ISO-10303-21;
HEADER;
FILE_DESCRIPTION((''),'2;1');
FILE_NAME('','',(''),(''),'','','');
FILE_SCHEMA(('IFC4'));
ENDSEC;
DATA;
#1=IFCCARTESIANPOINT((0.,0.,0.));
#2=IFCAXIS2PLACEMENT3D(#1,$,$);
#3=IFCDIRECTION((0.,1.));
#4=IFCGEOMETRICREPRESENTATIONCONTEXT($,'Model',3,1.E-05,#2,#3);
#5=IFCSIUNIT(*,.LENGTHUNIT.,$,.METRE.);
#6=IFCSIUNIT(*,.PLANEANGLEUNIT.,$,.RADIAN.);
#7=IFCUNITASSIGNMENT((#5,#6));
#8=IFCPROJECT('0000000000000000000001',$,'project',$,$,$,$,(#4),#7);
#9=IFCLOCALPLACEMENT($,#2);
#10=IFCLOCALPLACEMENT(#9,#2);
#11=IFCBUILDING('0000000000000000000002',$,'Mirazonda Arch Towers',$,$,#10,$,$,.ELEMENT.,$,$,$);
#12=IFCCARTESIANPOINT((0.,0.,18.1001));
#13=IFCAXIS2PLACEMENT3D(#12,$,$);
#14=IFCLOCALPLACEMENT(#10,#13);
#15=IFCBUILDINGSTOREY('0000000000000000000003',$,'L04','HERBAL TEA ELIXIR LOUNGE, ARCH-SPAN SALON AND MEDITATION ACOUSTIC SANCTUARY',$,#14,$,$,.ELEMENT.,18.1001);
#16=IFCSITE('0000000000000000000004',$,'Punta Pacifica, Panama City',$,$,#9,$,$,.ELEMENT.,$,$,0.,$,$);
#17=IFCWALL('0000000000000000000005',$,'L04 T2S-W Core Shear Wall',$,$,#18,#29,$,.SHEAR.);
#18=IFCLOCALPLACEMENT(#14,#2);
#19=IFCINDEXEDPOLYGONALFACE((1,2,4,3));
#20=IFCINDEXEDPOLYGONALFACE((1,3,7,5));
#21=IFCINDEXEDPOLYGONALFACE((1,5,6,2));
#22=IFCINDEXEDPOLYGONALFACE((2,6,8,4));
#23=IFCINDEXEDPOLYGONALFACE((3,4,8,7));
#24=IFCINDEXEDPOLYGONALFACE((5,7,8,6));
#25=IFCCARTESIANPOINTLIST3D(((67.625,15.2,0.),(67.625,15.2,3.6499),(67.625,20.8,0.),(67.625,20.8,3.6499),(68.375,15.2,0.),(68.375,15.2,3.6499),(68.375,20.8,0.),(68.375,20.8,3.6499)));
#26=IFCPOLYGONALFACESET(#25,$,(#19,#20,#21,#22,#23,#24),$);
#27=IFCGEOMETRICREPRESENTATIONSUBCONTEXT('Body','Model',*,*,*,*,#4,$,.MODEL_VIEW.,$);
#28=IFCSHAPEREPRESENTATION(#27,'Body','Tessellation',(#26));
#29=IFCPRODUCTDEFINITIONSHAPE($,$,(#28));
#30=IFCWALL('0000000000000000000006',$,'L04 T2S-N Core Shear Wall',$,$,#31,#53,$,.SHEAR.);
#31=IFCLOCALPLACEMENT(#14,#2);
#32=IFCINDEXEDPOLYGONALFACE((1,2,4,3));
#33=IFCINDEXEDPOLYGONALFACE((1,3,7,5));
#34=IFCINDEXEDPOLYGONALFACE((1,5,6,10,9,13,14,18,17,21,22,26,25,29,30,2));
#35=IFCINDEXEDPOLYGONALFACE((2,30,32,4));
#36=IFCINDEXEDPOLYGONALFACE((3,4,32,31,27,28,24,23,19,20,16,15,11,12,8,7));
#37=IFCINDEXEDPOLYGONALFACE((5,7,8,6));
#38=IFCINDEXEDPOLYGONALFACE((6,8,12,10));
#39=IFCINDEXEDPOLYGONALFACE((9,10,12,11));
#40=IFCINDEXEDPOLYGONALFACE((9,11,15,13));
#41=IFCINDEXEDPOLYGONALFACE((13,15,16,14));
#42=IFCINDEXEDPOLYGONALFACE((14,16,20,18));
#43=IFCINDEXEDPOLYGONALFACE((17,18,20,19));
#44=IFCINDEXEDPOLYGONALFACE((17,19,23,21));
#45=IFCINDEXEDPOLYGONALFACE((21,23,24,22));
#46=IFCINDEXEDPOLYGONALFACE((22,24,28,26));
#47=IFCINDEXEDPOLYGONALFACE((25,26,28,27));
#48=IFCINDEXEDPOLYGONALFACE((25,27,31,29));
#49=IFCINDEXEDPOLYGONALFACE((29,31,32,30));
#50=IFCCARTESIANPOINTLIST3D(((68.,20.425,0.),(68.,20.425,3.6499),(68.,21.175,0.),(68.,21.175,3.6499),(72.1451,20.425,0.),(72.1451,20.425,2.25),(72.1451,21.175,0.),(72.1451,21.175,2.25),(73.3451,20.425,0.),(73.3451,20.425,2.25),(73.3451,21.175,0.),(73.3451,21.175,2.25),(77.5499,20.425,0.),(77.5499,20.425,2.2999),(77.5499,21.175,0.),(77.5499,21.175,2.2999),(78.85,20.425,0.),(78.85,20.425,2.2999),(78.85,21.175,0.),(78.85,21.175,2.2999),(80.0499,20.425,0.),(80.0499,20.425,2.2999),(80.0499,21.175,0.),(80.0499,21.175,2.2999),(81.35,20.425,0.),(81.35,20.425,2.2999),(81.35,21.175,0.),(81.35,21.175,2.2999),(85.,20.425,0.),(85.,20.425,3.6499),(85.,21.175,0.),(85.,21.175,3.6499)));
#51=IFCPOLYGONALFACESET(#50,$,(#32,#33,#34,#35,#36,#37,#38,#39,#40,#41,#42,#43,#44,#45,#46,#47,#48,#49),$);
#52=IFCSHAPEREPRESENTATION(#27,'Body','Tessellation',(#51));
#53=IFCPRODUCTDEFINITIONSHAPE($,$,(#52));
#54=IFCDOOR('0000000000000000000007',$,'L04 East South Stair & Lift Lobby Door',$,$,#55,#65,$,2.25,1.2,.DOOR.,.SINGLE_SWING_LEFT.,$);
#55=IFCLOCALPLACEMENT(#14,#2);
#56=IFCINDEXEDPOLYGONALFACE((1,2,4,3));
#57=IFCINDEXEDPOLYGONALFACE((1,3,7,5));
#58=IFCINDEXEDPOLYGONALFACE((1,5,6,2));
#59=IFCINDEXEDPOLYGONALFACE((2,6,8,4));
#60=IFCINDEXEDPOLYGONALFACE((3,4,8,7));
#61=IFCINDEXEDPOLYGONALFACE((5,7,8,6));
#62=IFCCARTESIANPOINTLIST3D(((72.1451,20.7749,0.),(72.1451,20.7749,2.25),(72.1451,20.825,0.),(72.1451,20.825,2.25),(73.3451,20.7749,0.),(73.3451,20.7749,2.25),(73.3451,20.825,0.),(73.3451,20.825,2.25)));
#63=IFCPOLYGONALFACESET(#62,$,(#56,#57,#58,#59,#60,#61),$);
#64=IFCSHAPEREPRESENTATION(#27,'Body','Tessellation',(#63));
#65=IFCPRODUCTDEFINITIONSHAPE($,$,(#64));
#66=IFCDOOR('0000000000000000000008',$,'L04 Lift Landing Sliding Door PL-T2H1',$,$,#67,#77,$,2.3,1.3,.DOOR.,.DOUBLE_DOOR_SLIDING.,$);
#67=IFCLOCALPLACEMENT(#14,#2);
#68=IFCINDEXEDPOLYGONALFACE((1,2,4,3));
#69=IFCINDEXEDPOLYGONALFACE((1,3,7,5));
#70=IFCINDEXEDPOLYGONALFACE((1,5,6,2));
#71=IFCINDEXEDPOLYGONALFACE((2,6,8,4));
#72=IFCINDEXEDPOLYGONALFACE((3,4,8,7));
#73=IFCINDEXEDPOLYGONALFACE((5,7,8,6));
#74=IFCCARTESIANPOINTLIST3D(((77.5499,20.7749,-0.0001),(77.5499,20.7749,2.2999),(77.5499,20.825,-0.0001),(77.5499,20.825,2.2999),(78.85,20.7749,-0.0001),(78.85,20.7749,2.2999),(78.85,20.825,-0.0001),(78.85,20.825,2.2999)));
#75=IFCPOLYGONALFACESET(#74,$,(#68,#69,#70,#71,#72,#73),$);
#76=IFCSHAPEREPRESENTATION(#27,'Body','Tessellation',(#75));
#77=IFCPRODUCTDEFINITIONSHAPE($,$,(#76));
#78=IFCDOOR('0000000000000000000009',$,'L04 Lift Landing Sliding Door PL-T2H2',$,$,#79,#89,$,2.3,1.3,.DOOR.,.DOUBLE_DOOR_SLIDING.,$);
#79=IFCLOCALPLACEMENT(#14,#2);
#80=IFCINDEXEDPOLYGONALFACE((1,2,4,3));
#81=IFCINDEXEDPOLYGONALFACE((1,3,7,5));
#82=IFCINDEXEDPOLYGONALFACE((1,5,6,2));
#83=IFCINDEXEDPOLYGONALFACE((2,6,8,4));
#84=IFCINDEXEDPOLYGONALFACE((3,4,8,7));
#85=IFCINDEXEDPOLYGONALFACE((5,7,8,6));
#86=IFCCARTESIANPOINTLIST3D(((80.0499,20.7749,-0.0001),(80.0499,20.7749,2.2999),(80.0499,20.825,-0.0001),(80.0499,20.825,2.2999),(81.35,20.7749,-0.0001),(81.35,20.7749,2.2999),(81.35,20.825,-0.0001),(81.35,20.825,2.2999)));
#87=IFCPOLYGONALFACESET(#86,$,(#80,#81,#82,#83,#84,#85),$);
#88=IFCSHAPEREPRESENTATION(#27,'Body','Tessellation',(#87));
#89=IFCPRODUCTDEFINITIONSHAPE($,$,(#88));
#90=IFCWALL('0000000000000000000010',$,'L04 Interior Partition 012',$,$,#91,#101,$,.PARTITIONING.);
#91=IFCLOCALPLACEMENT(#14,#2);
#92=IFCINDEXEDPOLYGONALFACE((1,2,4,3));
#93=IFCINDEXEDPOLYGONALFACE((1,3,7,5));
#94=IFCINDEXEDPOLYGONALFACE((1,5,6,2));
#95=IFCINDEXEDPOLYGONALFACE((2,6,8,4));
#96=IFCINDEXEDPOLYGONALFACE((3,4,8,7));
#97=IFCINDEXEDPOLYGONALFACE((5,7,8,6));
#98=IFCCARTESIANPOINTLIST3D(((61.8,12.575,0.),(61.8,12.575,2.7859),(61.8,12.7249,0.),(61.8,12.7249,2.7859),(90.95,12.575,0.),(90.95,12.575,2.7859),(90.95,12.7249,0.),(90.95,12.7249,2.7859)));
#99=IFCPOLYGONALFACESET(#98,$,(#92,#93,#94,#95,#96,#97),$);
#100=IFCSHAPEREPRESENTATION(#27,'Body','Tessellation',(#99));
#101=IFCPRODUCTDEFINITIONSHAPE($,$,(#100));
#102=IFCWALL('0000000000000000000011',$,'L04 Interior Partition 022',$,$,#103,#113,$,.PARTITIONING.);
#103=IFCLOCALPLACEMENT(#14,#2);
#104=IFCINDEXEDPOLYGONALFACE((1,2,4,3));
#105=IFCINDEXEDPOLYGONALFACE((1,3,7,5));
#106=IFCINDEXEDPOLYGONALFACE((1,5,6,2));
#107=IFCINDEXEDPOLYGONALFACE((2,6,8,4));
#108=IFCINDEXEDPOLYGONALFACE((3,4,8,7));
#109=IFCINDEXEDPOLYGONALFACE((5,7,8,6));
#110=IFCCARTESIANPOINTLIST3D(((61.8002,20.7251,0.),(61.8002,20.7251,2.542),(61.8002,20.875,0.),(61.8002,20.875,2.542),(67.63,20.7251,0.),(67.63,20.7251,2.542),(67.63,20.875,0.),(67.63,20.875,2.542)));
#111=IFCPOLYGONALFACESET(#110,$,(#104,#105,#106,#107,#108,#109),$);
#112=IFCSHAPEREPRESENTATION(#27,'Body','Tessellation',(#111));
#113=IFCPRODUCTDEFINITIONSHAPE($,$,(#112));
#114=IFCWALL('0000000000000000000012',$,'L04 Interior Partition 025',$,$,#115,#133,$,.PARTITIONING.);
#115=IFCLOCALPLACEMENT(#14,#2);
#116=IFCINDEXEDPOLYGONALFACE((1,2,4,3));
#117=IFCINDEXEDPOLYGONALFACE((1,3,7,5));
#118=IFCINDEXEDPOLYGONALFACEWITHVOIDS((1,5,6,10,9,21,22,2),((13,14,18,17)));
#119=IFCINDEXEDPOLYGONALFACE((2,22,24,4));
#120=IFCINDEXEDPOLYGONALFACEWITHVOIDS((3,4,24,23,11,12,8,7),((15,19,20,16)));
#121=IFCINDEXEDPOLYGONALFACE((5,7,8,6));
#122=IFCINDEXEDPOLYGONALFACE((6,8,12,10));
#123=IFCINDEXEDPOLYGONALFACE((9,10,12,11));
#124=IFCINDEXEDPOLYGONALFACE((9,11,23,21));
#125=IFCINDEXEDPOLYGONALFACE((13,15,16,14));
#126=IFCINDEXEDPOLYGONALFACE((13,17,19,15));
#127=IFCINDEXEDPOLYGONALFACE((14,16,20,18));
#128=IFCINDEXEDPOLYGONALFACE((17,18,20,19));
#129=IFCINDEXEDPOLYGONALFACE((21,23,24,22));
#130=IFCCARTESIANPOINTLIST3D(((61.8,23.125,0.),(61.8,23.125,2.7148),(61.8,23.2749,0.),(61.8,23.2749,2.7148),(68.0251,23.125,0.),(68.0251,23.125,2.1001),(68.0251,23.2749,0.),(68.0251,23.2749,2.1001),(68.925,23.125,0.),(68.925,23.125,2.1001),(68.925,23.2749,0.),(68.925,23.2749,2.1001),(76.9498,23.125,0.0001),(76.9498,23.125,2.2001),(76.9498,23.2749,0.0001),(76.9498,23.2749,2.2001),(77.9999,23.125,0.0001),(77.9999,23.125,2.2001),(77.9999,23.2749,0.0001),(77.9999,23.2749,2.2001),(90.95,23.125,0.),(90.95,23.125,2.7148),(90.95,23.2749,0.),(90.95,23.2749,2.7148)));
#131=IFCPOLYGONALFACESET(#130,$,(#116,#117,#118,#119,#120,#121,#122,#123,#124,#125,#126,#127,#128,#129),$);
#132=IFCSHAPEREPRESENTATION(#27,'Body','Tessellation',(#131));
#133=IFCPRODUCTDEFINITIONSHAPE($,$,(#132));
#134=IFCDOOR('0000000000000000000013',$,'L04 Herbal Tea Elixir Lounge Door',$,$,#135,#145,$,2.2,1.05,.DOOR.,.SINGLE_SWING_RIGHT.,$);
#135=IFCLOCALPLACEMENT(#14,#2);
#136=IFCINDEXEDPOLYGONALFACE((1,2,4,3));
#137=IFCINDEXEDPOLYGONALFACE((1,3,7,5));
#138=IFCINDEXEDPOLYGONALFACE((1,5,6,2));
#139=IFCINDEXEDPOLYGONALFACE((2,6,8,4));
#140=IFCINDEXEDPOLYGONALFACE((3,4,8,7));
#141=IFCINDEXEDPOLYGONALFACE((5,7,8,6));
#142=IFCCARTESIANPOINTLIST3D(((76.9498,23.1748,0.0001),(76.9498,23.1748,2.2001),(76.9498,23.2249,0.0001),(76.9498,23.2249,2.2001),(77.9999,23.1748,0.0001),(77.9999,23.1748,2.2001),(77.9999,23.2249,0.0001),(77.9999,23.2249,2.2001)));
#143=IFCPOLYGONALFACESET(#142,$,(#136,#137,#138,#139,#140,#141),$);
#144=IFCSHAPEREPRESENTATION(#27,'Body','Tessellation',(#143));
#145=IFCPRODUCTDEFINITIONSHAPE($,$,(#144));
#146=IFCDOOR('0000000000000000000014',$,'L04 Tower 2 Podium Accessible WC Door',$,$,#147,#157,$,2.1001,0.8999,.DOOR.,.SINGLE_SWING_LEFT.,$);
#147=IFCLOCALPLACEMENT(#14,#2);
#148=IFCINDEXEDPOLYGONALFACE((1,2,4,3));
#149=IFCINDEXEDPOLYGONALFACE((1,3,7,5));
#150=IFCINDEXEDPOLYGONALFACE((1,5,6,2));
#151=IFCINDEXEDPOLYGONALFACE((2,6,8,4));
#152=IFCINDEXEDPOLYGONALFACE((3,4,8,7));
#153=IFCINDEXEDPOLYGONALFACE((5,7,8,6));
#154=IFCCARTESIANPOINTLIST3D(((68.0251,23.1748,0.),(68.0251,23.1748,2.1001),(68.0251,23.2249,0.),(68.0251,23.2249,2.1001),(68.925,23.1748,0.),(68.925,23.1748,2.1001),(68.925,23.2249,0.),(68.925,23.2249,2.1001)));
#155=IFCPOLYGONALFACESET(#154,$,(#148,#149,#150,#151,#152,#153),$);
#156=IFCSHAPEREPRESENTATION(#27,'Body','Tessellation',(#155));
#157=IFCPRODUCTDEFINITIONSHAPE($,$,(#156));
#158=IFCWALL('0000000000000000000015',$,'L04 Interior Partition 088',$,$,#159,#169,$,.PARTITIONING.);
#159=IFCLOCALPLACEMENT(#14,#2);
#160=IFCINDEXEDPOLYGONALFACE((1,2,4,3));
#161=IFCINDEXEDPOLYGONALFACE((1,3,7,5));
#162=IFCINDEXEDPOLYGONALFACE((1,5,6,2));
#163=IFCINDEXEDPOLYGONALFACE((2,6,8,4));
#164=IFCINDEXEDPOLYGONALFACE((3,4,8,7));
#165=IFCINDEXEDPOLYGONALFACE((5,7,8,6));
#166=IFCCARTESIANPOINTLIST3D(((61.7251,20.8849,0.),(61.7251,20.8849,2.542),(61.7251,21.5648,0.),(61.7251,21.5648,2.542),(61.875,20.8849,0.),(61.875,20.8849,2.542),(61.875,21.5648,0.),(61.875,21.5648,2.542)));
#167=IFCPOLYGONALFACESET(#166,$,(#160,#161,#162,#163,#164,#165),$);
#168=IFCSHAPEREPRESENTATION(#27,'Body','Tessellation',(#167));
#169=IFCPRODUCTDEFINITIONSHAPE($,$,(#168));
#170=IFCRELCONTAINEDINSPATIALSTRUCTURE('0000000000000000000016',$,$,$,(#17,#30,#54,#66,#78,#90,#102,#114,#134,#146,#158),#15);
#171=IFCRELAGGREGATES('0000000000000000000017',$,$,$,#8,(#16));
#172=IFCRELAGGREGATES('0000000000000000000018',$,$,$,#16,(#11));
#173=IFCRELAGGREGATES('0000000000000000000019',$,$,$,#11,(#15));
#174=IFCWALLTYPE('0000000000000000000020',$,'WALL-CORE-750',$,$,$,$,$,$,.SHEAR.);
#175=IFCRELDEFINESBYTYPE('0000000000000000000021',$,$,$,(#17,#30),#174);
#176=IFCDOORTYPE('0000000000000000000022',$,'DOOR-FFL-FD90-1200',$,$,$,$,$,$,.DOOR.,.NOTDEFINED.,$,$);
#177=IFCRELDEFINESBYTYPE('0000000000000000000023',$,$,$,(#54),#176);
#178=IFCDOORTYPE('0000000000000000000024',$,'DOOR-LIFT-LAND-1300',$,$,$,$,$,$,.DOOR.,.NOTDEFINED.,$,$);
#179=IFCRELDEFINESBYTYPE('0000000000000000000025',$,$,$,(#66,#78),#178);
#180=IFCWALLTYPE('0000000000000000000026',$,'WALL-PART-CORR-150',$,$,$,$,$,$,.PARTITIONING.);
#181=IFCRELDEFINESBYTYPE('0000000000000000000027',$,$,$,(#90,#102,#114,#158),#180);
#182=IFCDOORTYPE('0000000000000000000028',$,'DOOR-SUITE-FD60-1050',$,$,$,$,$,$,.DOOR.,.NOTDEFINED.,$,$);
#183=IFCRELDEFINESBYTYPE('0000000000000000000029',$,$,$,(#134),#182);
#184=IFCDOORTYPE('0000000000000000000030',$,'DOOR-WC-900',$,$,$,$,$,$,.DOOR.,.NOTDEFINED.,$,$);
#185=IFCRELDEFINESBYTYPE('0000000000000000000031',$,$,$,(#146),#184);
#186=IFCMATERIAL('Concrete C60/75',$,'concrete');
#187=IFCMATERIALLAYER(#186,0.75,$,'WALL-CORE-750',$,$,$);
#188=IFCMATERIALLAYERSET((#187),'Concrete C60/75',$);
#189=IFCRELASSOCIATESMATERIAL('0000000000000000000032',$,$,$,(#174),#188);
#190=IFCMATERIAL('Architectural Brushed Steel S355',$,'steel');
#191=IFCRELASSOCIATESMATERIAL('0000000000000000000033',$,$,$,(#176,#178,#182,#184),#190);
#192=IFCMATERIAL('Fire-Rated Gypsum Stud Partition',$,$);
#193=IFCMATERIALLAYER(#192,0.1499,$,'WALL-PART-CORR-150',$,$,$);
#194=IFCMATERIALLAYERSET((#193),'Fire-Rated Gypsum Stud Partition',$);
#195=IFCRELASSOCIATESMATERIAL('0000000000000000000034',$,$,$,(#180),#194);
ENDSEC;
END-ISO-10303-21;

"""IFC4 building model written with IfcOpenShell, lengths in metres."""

from ifc_helpers import new_model, si_unit, direction, frame, frame_2d, origin, place, context, subcontext, project, spatial, rectangle, extrude, material, layer, layer_set, type_object, element, fill, save


model = new_model("IFC4")

# Units and contexts
model_context = context("Model", 3, precision=1e-05, world=origin(), true_north=direction((0.0, 1.0)))
body_context = subcontext(model_context, "Body", "Model", "MODEL_VIEW")
ifc_project = project(units=[si_unit("LENGTHUNIT", "METRE"), si_unit("PLANEANGLEUNIT", "RADIAN")], contexts=[model_context])

# Site, building, storey
site_placement = place(None, origin())
site = spatial("IfcSite", under=ifc_project, at=site_placement, Name="Punta Pacifica, Panama City", CompositionType="ELEMENT", RefElevation=0.0)
building_placement = place(site_placement, origin())
building = spatial("IfcBuilding", under=site, at=building_placement, Name="Mirazonda Arch Towers", CompositionType="ELEMENT")
storey_placement = place(building_placement, frame((0.0, 0.0, 18.1001)))
storey = spatial("IfcBuildingStorey", under=building, at=storey_placement, Name="L04", Description="HERBAL TEA ELIXIR LOUNGE, ARCH-SPAN SALON AND MEDITATION ACOUSTIC SANCTUARY", CompositionType="ELEMENT", Elevation=18.1001)

# Shared definitions
ifc_material_1 = material(Name="Concrete C60/75", Category="concrete")

# Shared definitions
ifc_material_2 = material(Name="Architectural Brushed Steel S355", Category="steel")

# Wall
ifc_layer_1 = layer(ifc_material_1, 0.75, Name="WALL-CORE-750")
ifc_layer_set_1 = layer_set([ifc_layer_1], Name="Concrete C60/75")
wall_type_1 = type_object("IfcWallType", Name="WALL-CORE-750", PredefinedType="SHEAR", material=ifc_layer_set_1)
wall_1_placement = place(storey_placement, frame((68.0, 15.2, 0.0), z_axis=(0.0, 0.0, 1.0), x_axis=(0.0, 1.0, 0.0)))
element("IfcWall", 1, at=wall_1_placement, inside=storey, type_object=wall_type_1, Name="L04 T2S-W Core Shear Wall", PredefinedType="SHEAR", context=body_context, shape_type="SweptSolid", body=[
    extrude(rectangle(XDim=5.6001, YDim=0.75, at=frame_2d((2.8, 0.0))), origin(), (0.0, 0.0, 1.0), 3.6499),
])

# Wall, openings, doors
wall_2_placement = place(storey_placement, frame((68.0, 20.8, 0.0), z_axis=(0.0, 0.0, 1.0), x_axis=(1.0, 0.0, 0.0)))
wall_2 = element("IfcWall", 2, at=wall_2_placement, inside=storey, type_object=wall_type_1, Name="L04 T2S-N Core Shear Wall", PredefinedType="SHEAR", context=body_context, shape_type="SweptSolid", body=[
    extrude(rectangle(XDim=17.0, YDim=0.75, at=frame_2d((8.5, 0.0))), origin(), (0.0, 0.0, 1.0), 3.6499),
])
opening_1_placement = place(wall_2_placement, frame((4.145, 0.0, 0.0)))
opening_1 = element("IfcOpeningElement", 3, at=opening_1_placement, cuts=wall_2, PredefinedType="OPENING", context=body_context, shape_type="SweptSolid", body=[
    extrude(rectangle(XDim=1.2, YDim=2.25, at=frame_2d((0.6001, 1.125))), frame((0.0, 0.385, 0.0), z_axis=(0.0, -1.0, 0.0), x_axis=(1.0, 0.0, 0.0)), (0.0, 0.0, 1.0), 0.77),
])
opening_2_placement = place(wall_2_placement, frame((9.55, 0.0, 0.0)))
opening_2 = element("IfcOpeningElement", 4, at=opening_2_placement, cuts=wall_2, PredefinedType="OPENING", context=body_context, shape_type="SweptSolid", body=[
    extrude(rectangle(XDim=1.3, YDim=2.3, at=frame_2d((0.6499, 1.1499))), frame((0.0, 0.385, 0.0), z_axis=(0.0, -1.0, 0.0), x_axis=(1.0, 0.0, 0.0)), (0.0, 0.0, 1.0), 0.77),
])
opening_3_placement = place(wall_2_placement, frame((12.05, 0.0, 0.0)))
opening_3 = element("IfcOpeningElement", 5, at=opening_3_placement, cuts=wall_2, PredefinedType="OPENING", context=body_context, shape_type="SweptSolid", body=[
    extrude(rectangle(XDim=1.3, YDim=2.3, at=frame_2d((0.6499, 1.1499))), frame((0.0, 0.385, 0.0), z_axis=(0.0, -1.0, 0.0), x_axis=(1.0, 0.0, 0.0)), (0.0, 0.0, 1.0), 0.77),
])
door_type_1 = type_object("IfcDoorType", Name="DOOR-FFL-FD90-1200", OperationType="NOTDEFINED", PredefinedType="DOOR", material=ifc_material_2)
door_1_placement = place(opening_1_placement, origin())
door_1 = element("IfcDoor", 6, at=door_1_placement, inside=storey, type_object=door_type_1, Name="L04 East South Stair & Lift Lobby Door", OperationType="SINGLE_SWING_LEFT", OverallHeight=2.25, OverallWidth=1.2, PredefinedType="DOOR", context=body_context, shape_type="SweptSolid", body=[
    extrude(rectangle(XDim=1.2, YDim=2.25, at=frame_2d((0.6001, 1.125))), frame((0.0, 0.0249, 0.0), z_axis=(0.0, -1.0, 0.0), x_axis=(1.0, 0.0, 0.0)), (0.0, 0.0, 1.0), 0.05),
])
fill(opening_1, door_1)
door_type_2 = type_object("IfcDoorType", Name="DOOR-LIFT-LAND-1300", OperationType="NOTDEFINED", PredefinedType="DOOR", material=ifc_material_2)
door_2_placement = place(opening_2_placement, origin())
door_2 = element("IfcDoor", 7, at=door_2_placement, inside=storey, type_object=door_type_2, Name="L04 Lift Landing Sliding Door PL-T2H1", OperationType="DOUBLE_DOOR_SLIDING", OverallHeight=2.3, OverallWidth=1.3, PredefinedType="DOOR", context=body_context, shape_type="SweptSolid", body=[
    extrude(rectangle(XDim=1.3, YDim=2.3, at=frame_2d((0.6499, 1.1499))), frame((0.0, 0.0249, 0.0), z_axis=(0.0, -1.0, 0.0), x_axis=(1.0, 0.0, 0.0)), (0.0, 0.0, 1.0), 0.05),
])
fill(opening_2, door_2)
door_3_placement = place(opening_3_placement, origin())
door_3 = element("IfcDoor", 8, at=door_3_placement, inside=storey, type_object=door_type_2, Name="L04 Lift Landing Sliding Door PL-T2H2", OperationType="DOUBLE_DOOR_SLIDING", OverallHeight=2.3, OverallWidth=1.3, PredefinedType="DOOR", context=body_context, shape_type="SweptSolid", body=[
    extrude(rectangle(XDim=1.3, YDim=2.3, at=frame_2d((0.6499, 1.1499))), frame((0.0, 0.0249, 0.0), z_axis=(0.0, -1.0, 0.0), x_axis=(1.0, 0.0, 0.0)), (0.0, 0.0, 1.0), 0.05),
])
fill(opening_3, door_3)

# Walls
ifc_material_3 = material(Name="Fire-Rated Gypsum Stud Partition")
ifc_layer_2 = layer(ifc_material_3, 0.1499, Name="WALL-PART-CORR-150")
ifc_layer_set_2 = layer_set([ifc_layer_2], Name="Fire-Rated Gypsum Stud Partition")
wall_type_2 = type_object("IfcWallType", Name="WALL-PART-CORR-150", PredefinedType="PARTITIONING", material=ifc_layer_set_2)
wall_3_placement = place(storey_placement, frame((61.8, 12.6499, 0.0), z_axis=(0.0, 0.0, 1.0), x_axis=(1.0, 0.0, 0.0)))
element("IfcWall", 9, at=wall_3_placement, inside=storey, type_object=wall_type_2, Name="L04 Interior Partition 012", PredefinedType="PARTITIONING", context=body_context, shape_type="SweptSolid", body=[
    extrude(rectangle(XDim=29.1499, YDim=0.1499, at=frame_2d((14.575, 0.0))), origin(), (0.0, 0.0, 1.0), 2.7859),
])
wall_4_placement = place(storey_placement, frame((61.8, 20.8, 0.0), z_axis=(0.0, 0.0, 1.0), x_axis=(1.0, 0.0, 0.0)))
element("IfcWall", 10, at=wall_4_placement, inside=storey, type_object=wall_type_2, Name="L04 Interior Partition 022", PredefinedType="PARTITIONING", context=body_context, shape_type="SweptSolid", body=[
    extrude(rectangle(XDim=5.8298, YDim=0.1499, at=frame_2d((2.915, 0.0))), origin(), (0.0, 0.0, 1.0), 2.542),
])

# Wall, openings, doors
wall_5_placement = place(storey_placement, frame((61.8, 23.2, 0.0), z_axis=(0.0, 0.0, 1.0), x_axis=(1.0, 0.0, 0.0)))
wall_5 = element("IfcWall", 11, at=wall_5_placement, inside=storey, type_object=wall_type_2, Name="L04 Interior Partition 025", PredefinedType="PARTITIONING", context=body_context, shape_type="SweptSolid", body=[
    extrude(rectangle(XDim=29.1499, YDim=0.1499, at=frame_2d((14.575, 0.0))), origin(), (0.0, 0.0, 1.0), 2.7148),
])
opening_4_placement = place(wall_5_placement, frame((6.2251, 0.0, 0.0)))
opening_4 = element("IfcOpeningElement", 12, at=opening_4_placement, cuts=wall_5, PredefinedType="OPENING", context=body_context, shape_type="SweptSolid", body=[
    extrude(rectangle(XDim=0.8999, YDim=2.1001, at=frame_2d((0.45, 1.05))), frame((0.0, 0.085, 0.0), z_axis=(0.0, -1.0, 0.0), x_axis=(1.0, 0.0, 0.0)), (0.0, 0.0, 1.0), 0.1699),
])
opening_5_placement = place(wall_5_placement, frame((15.1499, 0.0, 0.0)))
opening_5 = element("IfcOpeningElement", 13, at=opening_5_placement, cuts=wall_5, PredefinedType="OPENING", context=body_context, shape_type="SweptSolid", body=[
    extrude(rectangle(XDim=1.05, YDim=2.2, at=frame_2d((0.5249, 1.1001))), frame((0.0, 0.085, 0.0), z_axis=(0.0, -1.0, 0.0), x_axis=(1.0, 0.0, 0.0)), (0.0, 0.0, 1.0), 0.1699),
])
door_type_3 = type_object("IfcDoorType", Name="DOOR-SUITE-FD60-1050", OperationType="NOTDEFINED", PredefinedType="DOOR", material=ifc_material_2)
door_4_placement = place(opening_5_placement, origin())
door_4 = element("IfcDoor", 14, at=door_4_placement, inside=storey, type_object=door_type_3, Name="L04 Herbal Tea Elixir Lounge Door", OperationType="SINGLE_SWING_RIGHT", OverallHeight=2.2, OverallWidth=1.05, PredefinedType="DOOR", context=body_context, shape_type="SweptSolid", body=[
    extrude(rectangle(XDim=1.05, YDim=2.2, at=frame_2d((0.5249, 1.1001))), frame((0.0, 0.0249, 0.0), z_axis=(0.0, -1.0, 0.0), x_axis=(1.0, 0.0, 0.0)), (0.0, 0.0, 1.0), 0.05),
])
fill(opening_5, door_4)
door_type_4 = type_object("IfcDoorType", Name="DOOR-WC-900", OperationType="NOTDEFINED", PredefinedType="DOOR", material=ifc_material_2)
door_5_placement = place(opening_4_placement, origin())
door_5 = element("IfcDoor", 15, at=door_5_placement, inside=storey, type_object=door_type_4, Name="L04 Tower 2 Podium Accessible WC Door", OperationType="SINGLE_SWING_LEFT", OverallHeight=2.1001, OverallWidth=0.8999, PredefinedType="DOOR", context=body_context, shape_type="SweptSolid", body=[
    extrude(rectangle(XDim=0.8999, YDim=2.1001, at=frame_2d((0.45, 1.05))), frame((0.0, 0.0249, 0.0), z_axis=(0.0, -1.0, 0.0), x_axis=(1.0, 0.0, 0.0)), (0.0, 0.0, 1.0), 0.05),
])
fill(opening_4, door_5)

# Wall
wall_6_placement = place(storey_placement, frame((61.8, 20.885, 0.0), z_axis=(0.0, 0.0, 1.0), x_axis=(0.0, 1.0, 0.0)))
element("IfcWall", 16, at=wall_6_placement, inside=storey, type_object=wall_type_2, Name="L04 Interior Partition 088", PredefinedType="PARTITIONING", context=body_context, shape_type="SweptSolid", body=[
    extrude(rectangle(XDim=0.6799, YDim=0.1499, at=frame_2d((0.3398, 0.0))), origin(), (0.0, 0.0, 1.0), 2.542),
])

save(model, "model.ifc")
